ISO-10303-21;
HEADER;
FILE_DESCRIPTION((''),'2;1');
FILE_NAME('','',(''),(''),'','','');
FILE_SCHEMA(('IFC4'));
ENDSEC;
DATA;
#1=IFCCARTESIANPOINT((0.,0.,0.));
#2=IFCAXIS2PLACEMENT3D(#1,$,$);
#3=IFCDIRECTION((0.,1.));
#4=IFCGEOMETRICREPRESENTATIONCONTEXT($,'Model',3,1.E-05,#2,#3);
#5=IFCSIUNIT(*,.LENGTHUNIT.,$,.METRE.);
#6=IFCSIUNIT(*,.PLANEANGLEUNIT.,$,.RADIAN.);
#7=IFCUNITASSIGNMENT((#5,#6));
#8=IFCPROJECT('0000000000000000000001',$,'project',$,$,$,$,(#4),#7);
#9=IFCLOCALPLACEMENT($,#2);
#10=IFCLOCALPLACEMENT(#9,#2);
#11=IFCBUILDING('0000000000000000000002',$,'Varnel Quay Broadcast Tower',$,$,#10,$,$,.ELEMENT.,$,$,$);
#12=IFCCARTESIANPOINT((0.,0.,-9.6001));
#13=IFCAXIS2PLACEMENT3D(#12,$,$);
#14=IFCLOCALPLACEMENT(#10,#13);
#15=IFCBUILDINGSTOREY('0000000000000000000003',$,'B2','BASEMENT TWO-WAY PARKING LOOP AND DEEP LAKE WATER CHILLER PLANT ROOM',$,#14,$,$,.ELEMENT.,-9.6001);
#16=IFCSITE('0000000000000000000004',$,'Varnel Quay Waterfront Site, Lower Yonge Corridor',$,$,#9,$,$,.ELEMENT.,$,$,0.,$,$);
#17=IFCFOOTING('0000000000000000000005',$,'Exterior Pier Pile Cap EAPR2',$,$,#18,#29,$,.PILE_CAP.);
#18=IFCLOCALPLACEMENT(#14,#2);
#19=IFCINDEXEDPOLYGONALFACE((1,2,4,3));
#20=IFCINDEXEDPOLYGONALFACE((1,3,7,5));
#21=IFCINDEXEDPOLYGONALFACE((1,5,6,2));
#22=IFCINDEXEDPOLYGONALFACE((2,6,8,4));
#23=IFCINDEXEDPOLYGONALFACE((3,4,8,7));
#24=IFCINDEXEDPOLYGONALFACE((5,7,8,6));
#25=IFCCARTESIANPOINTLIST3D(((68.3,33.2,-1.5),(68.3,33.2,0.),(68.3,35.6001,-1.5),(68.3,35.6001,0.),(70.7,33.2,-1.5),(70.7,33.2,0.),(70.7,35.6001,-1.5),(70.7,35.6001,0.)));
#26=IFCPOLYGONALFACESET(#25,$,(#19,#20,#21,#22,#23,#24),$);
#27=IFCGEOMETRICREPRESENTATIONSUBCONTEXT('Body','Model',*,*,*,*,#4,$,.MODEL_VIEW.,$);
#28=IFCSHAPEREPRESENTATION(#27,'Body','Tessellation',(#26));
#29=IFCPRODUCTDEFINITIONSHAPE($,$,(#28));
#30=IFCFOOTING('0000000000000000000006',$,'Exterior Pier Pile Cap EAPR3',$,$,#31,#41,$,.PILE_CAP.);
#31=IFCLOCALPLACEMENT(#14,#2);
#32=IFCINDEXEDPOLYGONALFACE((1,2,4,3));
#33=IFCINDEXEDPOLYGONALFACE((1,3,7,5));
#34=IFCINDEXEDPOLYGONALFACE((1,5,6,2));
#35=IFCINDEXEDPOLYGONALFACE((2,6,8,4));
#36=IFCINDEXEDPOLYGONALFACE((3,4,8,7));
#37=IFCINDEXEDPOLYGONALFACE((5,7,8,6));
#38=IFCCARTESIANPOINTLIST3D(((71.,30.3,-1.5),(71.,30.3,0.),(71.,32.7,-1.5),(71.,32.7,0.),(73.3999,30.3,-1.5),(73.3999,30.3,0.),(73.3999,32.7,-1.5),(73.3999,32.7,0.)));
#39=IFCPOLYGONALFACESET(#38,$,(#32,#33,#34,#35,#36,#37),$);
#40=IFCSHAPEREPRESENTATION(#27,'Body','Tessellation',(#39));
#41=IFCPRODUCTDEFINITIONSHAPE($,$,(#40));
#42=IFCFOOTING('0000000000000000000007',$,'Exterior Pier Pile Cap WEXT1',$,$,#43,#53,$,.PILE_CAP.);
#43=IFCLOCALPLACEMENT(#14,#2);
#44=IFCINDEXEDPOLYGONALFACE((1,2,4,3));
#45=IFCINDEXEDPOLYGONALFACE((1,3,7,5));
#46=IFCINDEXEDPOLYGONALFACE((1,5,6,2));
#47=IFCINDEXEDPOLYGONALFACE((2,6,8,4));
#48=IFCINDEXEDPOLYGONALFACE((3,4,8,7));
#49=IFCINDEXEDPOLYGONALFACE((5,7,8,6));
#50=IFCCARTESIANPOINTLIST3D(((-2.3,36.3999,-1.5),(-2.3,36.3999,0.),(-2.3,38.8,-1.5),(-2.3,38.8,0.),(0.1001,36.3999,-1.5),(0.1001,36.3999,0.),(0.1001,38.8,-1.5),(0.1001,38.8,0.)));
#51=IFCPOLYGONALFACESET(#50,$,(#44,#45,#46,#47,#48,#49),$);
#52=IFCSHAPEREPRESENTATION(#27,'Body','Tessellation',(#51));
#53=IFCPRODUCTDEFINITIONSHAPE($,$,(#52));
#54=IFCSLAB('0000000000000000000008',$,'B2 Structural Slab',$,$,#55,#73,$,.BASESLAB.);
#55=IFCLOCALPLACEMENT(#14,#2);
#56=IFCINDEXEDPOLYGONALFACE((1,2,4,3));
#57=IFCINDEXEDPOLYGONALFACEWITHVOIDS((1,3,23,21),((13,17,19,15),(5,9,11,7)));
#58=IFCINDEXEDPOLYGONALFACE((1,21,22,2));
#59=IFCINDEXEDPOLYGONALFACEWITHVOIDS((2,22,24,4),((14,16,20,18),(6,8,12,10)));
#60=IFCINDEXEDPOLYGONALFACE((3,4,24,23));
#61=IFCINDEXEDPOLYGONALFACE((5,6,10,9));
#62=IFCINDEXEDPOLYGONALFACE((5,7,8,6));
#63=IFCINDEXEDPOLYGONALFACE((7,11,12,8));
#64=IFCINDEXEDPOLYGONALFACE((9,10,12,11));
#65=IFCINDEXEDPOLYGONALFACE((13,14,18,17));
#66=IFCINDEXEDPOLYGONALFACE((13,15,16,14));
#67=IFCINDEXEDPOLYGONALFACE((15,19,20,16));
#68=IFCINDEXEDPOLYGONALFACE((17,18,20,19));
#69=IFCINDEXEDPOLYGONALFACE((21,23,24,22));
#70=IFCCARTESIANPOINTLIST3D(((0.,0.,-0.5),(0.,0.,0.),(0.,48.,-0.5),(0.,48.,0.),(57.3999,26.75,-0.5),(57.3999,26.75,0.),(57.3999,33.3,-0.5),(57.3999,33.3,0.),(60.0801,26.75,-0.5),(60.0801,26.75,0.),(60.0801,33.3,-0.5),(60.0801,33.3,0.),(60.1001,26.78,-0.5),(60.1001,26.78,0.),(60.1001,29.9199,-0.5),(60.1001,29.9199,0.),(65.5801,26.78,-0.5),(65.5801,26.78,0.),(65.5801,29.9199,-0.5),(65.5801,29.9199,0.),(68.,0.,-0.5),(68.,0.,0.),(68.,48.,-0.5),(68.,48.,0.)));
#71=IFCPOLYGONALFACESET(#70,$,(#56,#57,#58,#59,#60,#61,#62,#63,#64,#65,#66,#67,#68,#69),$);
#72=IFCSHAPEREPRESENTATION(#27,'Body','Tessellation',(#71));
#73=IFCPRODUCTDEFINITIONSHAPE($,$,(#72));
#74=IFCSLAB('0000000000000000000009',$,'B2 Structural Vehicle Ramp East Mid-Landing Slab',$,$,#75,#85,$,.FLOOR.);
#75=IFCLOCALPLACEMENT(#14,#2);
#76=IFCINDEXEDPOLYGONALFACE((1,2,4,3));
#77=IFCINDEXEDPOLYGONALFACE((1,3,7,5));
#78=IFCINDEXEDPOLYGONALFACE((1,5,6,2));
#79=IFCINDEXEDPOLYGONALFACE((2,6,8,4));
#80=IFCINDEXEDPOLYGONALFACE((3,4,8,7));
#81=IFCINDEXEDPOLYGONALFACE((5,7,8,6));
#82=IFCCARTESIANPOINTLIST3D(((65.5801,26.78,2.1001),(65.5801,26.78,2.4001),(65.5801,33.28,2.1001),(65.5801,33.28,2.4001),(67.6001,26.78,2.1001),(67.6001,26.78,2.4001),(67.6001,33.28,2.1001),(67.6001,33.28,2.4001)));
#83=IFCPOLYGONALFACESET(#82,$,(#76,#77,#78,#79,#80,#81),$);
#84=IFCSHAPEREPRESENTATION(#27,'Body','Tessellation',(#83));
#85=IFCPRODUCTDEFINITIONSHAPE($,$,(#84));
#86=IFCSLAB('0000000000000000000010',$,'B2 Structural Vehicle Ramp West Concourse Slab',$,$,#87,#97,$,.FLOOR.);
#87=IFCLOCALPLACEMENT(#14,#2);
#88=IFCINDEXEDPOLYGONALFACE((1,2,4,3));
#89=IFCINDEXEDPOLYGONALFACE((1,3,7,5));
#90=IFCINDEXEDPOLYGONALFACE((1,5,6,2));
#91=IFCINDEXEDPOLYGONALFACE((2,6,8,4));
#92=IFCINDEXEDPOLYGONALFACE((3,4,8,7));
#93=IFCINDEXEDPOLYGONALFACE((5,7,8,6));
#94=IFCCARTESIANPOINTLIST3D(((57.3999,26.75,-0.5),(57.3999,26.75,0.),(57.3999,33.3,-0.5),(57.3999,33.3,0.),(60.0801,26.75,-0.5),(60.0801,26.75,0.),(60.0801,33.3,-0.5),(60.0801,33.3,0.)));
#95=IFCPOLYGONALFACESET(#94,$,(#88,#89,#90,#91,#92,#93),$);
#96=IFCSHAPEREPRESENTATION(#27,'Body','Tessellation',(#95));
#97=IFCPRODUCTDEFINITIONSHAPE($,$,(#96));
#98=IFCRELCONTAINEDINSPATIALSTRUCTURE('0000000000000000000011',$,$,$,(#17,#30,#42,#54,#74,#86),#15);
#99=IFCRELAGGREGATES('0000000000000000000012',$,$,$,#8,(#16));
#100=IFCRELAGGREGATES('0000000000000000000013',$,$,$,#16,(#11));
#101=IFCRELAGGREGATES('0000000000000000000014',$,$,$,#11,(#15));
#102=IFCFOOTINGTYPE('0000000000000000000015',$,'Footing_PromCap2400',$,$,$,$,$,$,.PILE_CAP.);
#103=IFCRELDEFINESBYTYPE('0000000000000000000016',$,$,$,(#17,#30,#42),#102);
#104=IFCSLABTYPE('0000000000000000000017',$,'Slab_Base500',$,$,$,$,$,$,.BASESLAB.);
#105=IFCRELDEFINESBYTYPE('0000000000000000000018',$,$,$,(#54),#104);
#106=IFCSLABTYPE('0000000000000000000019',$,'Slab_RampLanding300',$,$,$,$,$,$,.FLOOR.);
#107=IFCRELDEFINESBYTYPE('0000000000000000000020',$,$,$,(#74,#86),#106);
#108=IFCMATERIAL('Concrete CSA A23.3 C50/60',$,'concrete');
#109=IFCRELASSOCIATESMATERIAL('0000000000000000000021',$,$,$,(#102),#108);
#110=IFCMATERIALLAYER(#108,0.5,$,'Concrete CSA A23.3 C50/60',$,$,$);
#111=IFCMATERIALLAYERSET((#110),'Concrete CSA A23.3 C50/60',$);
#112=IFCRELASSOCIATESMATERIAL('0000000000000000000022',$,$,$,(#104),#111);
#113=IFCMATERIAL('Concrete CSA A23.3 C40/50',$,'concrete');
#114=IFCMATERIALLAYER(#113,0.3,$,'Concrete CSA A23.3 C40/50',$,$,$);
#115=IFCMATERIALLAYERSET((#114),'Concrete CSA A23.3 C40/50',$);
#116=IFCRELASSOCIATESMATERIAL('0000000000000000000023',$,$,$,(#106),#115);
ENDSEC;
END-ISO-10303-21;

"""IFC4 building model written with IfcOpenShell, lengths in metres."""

from ifc_helpers import new_model, si_unit, direction, frame, origin, place, context, subcontext, project, spatial, polyline, outline, extrude, material, layer, layer_set, type_object, element, save


model = new_model("IFC4")

# Units and contexts
model_context = context("Model", 3, precision=1e-05, world=origin(), true_north=direction((0.0, 1.0)))
body_context = subcontext(model_context, "Body", "Model", "MODEL_VIEW")
ifc_project = project(units=[si_unit("LENGTHUNIT", "METRE"), si_unit("PLANEANGLEUNIT", "RADIAN")], contexts=[model_context])

# Site, building, storey
site_placement = place(None, origin())
site = spatial("IfcSite", under=ifc_project, at=site_placement, Name="Varnel Quay Waterfront Site, Lower Yonge Corridor", CompositionType="ELEMENT", RefElevation=0.0)
building_placement = place(site_placement, origin())
building = spatial("IfcBuilding", under=site, at=building_placement, Name="Varnel Quay Broadcast Tower", CompositionType="ELEMENT")
storey_placement = place(building_placement, frame((0.0, 0.0, -9.6001)))
storey = spatial("IfcBuildingStorey", under=building, at=storey_placement, Name="B2", Description="BASEMENT TWO-WAY PARKING LOOP AND DEEP LAKE WATER CHILLER PLANT ROOM", CompositionType="ELEMENT", Elevation=-9.6001)

# Footings
ifc_material_1 = material(Name="Concrete CSA A23.3 C50/60", Category="concrete")
footing_type_1 = type_object("IfcFootingType", Name="Footing_PromCap2400", PredefinedType="PILE_CAP", material=ifc_material_1)
footing_1_placement = place(storey_placement, frame((0.0, 0.0, -1.5)))
element("IfcFooting", 1, at=footing_1_placement, inside=storey, type_object=footing_type_1, Name="Exterior Pier Pile Cap EAPR2", PredefinedType="PILE_CAP", context=body_context, shape_type="SweptSolid", body=[
    extrude(outline(polyline([(68.3, 33.2), (70.7, 33.2), (70.7, 35.6001), (68.3, 35.6001), (68.3, 33.2)])), origin(), (0.0, 0.0, 1.0), 1.5),
])
footing_2_placement = place(storey_placement, frame((0.0, 0.0, -1.5)))
element("IfcFooting", 2, at=footing_2_placement, inside=storey, type_object=footing_type_1, Name="Exterior Pier Pile Cap EAPR3", PredefinedType="PILE_CAP", context=body_context, shape_type="SweptSolid", body=[
    extrude(outline(polyline([(71.0, 30.3), (73.3999, 30.3), (73.3999, 32.7), (71.0, 32.7), (71.0, 30.3)])), origin(), (0.0, 0.0, 1.0), 1.5),
])
footing_3_placement = place(storey_placement, frame((0.0, 0.0, -1.5)))
element("IfcFooting", 3, at=footing_3_placement, inside=storey, type_object=footing_type_1, Name="Exterior Pier Pile Cap WEXT1", PredefinedType="PILE_CAP", context=body_context, shape_type="SweptSolid", body=[
    extrude(outline(polyline([(-2.3, 36.3999), (0.1001, 36.3999), (0.1001, 38.8), (-2.3, 38.8), (-2.3, 36.3999)])), origin(), (0.0, 0.0, 1.0), 1.5),
])

# Slabs
ifc_layer_1 = layer(ifc_material_1, 0.5, Name="Concrete CSA A23.3 C50/60")
ifc_layer_set_1 = layer_set([ifc_layer_1], Name="Concrete CSA A23.3 C50/60")
slab_type_1 = type_object("IfcSlabType", Name="Slab_Base500", PredefinedType="BASESLAB", material=ifc_layer_set_1)
slab_1_placement = place(storey_placement, frame((0.0, 0.0, -0.5)))
element("IfcSlab", 4, at=slab_1_placement, inside=storey, type_object=slab_type_1, Name="B2 Structural Slab", PredefinedType="BASESLAB", context=body_context, shape_type="SweptSolid", body=[
    extrude(outline(polyline([(0.0, 0.0), (68.0, 0.0), (68.0, 48.0), (0.0, 48.0), (0.0, 0.0)]), holes=[polyline([(65.5801, 29.9199), (65.5801, 26.78), (60.1001, 26.78), (60.1001, 29.9199), (65.5801, 29.9199)]), polyline([(60.0801, 33.3), (60.0801, 26.75), (57.3999, 26.75), (57.3999, 33.3), (60.0801, 33.3)])]), origin(), (0.0, 0.0, 1.0), 0.5),
])
ifc_material_2 = material(Name="Concrete CSA A23.3 C40/50", Category="concrete")
ifc_layer_2 = layer(ifc_material_2, 0.3, Name="Concrete CSA A23.3 C40/50")
ifc_layer_set_2 = layer_set([ifc_layer_2], Name="Concrete CSA A23.3 C40/50")
slab_type_2 = type_object("IfcSlabType", Name="Slab_RampLanding300", PredefinedType="FLOOR", material=ifc_layer_set_2)
slab_2_placement = place(storey_placement, frame((0.0, 0.0, 2.1001)))
element("IfcSlab", 5, at=slab_2_placement, inside=storey, type_object=slab_type_2, Name="B2 Structural Vehicle Ramp East Mid-Landing Slab", PredefinedType="FLOOR", context=body_context, shape_type="SweptSolid", body=[
    extrude(outline(polyline([(65.5801, 26.78), (67.6001, 26.78), (67.6001, 33.28), (65.5801, 33.28), (65.5801, 26.78)])), origin(), (0.0, 0.0, 1.0), 0.3),
])
slab_3_placement = place(storey_placement, frame((0.0, 0.0, -0.5)))
element("IfcSlab", 6, at=slab_3_placement, inside=storey, type_object=slab_type_2, Name="B2 Structural Vehicle Ramp West Concourse Slab", PredefinedType="FLOOR", context=body_context, shape_type="SweptSolid", body=[
    extrude(outline(polyline([(57.3999, 26.75), (60.0801, 26.75), (60.0801, 33.3), (57.3999, 33.3), (57.3999, 26.75)])), origin(), (0.0, 0.0, 1.0), 0.5),
])

save(model, "model.ifc")
